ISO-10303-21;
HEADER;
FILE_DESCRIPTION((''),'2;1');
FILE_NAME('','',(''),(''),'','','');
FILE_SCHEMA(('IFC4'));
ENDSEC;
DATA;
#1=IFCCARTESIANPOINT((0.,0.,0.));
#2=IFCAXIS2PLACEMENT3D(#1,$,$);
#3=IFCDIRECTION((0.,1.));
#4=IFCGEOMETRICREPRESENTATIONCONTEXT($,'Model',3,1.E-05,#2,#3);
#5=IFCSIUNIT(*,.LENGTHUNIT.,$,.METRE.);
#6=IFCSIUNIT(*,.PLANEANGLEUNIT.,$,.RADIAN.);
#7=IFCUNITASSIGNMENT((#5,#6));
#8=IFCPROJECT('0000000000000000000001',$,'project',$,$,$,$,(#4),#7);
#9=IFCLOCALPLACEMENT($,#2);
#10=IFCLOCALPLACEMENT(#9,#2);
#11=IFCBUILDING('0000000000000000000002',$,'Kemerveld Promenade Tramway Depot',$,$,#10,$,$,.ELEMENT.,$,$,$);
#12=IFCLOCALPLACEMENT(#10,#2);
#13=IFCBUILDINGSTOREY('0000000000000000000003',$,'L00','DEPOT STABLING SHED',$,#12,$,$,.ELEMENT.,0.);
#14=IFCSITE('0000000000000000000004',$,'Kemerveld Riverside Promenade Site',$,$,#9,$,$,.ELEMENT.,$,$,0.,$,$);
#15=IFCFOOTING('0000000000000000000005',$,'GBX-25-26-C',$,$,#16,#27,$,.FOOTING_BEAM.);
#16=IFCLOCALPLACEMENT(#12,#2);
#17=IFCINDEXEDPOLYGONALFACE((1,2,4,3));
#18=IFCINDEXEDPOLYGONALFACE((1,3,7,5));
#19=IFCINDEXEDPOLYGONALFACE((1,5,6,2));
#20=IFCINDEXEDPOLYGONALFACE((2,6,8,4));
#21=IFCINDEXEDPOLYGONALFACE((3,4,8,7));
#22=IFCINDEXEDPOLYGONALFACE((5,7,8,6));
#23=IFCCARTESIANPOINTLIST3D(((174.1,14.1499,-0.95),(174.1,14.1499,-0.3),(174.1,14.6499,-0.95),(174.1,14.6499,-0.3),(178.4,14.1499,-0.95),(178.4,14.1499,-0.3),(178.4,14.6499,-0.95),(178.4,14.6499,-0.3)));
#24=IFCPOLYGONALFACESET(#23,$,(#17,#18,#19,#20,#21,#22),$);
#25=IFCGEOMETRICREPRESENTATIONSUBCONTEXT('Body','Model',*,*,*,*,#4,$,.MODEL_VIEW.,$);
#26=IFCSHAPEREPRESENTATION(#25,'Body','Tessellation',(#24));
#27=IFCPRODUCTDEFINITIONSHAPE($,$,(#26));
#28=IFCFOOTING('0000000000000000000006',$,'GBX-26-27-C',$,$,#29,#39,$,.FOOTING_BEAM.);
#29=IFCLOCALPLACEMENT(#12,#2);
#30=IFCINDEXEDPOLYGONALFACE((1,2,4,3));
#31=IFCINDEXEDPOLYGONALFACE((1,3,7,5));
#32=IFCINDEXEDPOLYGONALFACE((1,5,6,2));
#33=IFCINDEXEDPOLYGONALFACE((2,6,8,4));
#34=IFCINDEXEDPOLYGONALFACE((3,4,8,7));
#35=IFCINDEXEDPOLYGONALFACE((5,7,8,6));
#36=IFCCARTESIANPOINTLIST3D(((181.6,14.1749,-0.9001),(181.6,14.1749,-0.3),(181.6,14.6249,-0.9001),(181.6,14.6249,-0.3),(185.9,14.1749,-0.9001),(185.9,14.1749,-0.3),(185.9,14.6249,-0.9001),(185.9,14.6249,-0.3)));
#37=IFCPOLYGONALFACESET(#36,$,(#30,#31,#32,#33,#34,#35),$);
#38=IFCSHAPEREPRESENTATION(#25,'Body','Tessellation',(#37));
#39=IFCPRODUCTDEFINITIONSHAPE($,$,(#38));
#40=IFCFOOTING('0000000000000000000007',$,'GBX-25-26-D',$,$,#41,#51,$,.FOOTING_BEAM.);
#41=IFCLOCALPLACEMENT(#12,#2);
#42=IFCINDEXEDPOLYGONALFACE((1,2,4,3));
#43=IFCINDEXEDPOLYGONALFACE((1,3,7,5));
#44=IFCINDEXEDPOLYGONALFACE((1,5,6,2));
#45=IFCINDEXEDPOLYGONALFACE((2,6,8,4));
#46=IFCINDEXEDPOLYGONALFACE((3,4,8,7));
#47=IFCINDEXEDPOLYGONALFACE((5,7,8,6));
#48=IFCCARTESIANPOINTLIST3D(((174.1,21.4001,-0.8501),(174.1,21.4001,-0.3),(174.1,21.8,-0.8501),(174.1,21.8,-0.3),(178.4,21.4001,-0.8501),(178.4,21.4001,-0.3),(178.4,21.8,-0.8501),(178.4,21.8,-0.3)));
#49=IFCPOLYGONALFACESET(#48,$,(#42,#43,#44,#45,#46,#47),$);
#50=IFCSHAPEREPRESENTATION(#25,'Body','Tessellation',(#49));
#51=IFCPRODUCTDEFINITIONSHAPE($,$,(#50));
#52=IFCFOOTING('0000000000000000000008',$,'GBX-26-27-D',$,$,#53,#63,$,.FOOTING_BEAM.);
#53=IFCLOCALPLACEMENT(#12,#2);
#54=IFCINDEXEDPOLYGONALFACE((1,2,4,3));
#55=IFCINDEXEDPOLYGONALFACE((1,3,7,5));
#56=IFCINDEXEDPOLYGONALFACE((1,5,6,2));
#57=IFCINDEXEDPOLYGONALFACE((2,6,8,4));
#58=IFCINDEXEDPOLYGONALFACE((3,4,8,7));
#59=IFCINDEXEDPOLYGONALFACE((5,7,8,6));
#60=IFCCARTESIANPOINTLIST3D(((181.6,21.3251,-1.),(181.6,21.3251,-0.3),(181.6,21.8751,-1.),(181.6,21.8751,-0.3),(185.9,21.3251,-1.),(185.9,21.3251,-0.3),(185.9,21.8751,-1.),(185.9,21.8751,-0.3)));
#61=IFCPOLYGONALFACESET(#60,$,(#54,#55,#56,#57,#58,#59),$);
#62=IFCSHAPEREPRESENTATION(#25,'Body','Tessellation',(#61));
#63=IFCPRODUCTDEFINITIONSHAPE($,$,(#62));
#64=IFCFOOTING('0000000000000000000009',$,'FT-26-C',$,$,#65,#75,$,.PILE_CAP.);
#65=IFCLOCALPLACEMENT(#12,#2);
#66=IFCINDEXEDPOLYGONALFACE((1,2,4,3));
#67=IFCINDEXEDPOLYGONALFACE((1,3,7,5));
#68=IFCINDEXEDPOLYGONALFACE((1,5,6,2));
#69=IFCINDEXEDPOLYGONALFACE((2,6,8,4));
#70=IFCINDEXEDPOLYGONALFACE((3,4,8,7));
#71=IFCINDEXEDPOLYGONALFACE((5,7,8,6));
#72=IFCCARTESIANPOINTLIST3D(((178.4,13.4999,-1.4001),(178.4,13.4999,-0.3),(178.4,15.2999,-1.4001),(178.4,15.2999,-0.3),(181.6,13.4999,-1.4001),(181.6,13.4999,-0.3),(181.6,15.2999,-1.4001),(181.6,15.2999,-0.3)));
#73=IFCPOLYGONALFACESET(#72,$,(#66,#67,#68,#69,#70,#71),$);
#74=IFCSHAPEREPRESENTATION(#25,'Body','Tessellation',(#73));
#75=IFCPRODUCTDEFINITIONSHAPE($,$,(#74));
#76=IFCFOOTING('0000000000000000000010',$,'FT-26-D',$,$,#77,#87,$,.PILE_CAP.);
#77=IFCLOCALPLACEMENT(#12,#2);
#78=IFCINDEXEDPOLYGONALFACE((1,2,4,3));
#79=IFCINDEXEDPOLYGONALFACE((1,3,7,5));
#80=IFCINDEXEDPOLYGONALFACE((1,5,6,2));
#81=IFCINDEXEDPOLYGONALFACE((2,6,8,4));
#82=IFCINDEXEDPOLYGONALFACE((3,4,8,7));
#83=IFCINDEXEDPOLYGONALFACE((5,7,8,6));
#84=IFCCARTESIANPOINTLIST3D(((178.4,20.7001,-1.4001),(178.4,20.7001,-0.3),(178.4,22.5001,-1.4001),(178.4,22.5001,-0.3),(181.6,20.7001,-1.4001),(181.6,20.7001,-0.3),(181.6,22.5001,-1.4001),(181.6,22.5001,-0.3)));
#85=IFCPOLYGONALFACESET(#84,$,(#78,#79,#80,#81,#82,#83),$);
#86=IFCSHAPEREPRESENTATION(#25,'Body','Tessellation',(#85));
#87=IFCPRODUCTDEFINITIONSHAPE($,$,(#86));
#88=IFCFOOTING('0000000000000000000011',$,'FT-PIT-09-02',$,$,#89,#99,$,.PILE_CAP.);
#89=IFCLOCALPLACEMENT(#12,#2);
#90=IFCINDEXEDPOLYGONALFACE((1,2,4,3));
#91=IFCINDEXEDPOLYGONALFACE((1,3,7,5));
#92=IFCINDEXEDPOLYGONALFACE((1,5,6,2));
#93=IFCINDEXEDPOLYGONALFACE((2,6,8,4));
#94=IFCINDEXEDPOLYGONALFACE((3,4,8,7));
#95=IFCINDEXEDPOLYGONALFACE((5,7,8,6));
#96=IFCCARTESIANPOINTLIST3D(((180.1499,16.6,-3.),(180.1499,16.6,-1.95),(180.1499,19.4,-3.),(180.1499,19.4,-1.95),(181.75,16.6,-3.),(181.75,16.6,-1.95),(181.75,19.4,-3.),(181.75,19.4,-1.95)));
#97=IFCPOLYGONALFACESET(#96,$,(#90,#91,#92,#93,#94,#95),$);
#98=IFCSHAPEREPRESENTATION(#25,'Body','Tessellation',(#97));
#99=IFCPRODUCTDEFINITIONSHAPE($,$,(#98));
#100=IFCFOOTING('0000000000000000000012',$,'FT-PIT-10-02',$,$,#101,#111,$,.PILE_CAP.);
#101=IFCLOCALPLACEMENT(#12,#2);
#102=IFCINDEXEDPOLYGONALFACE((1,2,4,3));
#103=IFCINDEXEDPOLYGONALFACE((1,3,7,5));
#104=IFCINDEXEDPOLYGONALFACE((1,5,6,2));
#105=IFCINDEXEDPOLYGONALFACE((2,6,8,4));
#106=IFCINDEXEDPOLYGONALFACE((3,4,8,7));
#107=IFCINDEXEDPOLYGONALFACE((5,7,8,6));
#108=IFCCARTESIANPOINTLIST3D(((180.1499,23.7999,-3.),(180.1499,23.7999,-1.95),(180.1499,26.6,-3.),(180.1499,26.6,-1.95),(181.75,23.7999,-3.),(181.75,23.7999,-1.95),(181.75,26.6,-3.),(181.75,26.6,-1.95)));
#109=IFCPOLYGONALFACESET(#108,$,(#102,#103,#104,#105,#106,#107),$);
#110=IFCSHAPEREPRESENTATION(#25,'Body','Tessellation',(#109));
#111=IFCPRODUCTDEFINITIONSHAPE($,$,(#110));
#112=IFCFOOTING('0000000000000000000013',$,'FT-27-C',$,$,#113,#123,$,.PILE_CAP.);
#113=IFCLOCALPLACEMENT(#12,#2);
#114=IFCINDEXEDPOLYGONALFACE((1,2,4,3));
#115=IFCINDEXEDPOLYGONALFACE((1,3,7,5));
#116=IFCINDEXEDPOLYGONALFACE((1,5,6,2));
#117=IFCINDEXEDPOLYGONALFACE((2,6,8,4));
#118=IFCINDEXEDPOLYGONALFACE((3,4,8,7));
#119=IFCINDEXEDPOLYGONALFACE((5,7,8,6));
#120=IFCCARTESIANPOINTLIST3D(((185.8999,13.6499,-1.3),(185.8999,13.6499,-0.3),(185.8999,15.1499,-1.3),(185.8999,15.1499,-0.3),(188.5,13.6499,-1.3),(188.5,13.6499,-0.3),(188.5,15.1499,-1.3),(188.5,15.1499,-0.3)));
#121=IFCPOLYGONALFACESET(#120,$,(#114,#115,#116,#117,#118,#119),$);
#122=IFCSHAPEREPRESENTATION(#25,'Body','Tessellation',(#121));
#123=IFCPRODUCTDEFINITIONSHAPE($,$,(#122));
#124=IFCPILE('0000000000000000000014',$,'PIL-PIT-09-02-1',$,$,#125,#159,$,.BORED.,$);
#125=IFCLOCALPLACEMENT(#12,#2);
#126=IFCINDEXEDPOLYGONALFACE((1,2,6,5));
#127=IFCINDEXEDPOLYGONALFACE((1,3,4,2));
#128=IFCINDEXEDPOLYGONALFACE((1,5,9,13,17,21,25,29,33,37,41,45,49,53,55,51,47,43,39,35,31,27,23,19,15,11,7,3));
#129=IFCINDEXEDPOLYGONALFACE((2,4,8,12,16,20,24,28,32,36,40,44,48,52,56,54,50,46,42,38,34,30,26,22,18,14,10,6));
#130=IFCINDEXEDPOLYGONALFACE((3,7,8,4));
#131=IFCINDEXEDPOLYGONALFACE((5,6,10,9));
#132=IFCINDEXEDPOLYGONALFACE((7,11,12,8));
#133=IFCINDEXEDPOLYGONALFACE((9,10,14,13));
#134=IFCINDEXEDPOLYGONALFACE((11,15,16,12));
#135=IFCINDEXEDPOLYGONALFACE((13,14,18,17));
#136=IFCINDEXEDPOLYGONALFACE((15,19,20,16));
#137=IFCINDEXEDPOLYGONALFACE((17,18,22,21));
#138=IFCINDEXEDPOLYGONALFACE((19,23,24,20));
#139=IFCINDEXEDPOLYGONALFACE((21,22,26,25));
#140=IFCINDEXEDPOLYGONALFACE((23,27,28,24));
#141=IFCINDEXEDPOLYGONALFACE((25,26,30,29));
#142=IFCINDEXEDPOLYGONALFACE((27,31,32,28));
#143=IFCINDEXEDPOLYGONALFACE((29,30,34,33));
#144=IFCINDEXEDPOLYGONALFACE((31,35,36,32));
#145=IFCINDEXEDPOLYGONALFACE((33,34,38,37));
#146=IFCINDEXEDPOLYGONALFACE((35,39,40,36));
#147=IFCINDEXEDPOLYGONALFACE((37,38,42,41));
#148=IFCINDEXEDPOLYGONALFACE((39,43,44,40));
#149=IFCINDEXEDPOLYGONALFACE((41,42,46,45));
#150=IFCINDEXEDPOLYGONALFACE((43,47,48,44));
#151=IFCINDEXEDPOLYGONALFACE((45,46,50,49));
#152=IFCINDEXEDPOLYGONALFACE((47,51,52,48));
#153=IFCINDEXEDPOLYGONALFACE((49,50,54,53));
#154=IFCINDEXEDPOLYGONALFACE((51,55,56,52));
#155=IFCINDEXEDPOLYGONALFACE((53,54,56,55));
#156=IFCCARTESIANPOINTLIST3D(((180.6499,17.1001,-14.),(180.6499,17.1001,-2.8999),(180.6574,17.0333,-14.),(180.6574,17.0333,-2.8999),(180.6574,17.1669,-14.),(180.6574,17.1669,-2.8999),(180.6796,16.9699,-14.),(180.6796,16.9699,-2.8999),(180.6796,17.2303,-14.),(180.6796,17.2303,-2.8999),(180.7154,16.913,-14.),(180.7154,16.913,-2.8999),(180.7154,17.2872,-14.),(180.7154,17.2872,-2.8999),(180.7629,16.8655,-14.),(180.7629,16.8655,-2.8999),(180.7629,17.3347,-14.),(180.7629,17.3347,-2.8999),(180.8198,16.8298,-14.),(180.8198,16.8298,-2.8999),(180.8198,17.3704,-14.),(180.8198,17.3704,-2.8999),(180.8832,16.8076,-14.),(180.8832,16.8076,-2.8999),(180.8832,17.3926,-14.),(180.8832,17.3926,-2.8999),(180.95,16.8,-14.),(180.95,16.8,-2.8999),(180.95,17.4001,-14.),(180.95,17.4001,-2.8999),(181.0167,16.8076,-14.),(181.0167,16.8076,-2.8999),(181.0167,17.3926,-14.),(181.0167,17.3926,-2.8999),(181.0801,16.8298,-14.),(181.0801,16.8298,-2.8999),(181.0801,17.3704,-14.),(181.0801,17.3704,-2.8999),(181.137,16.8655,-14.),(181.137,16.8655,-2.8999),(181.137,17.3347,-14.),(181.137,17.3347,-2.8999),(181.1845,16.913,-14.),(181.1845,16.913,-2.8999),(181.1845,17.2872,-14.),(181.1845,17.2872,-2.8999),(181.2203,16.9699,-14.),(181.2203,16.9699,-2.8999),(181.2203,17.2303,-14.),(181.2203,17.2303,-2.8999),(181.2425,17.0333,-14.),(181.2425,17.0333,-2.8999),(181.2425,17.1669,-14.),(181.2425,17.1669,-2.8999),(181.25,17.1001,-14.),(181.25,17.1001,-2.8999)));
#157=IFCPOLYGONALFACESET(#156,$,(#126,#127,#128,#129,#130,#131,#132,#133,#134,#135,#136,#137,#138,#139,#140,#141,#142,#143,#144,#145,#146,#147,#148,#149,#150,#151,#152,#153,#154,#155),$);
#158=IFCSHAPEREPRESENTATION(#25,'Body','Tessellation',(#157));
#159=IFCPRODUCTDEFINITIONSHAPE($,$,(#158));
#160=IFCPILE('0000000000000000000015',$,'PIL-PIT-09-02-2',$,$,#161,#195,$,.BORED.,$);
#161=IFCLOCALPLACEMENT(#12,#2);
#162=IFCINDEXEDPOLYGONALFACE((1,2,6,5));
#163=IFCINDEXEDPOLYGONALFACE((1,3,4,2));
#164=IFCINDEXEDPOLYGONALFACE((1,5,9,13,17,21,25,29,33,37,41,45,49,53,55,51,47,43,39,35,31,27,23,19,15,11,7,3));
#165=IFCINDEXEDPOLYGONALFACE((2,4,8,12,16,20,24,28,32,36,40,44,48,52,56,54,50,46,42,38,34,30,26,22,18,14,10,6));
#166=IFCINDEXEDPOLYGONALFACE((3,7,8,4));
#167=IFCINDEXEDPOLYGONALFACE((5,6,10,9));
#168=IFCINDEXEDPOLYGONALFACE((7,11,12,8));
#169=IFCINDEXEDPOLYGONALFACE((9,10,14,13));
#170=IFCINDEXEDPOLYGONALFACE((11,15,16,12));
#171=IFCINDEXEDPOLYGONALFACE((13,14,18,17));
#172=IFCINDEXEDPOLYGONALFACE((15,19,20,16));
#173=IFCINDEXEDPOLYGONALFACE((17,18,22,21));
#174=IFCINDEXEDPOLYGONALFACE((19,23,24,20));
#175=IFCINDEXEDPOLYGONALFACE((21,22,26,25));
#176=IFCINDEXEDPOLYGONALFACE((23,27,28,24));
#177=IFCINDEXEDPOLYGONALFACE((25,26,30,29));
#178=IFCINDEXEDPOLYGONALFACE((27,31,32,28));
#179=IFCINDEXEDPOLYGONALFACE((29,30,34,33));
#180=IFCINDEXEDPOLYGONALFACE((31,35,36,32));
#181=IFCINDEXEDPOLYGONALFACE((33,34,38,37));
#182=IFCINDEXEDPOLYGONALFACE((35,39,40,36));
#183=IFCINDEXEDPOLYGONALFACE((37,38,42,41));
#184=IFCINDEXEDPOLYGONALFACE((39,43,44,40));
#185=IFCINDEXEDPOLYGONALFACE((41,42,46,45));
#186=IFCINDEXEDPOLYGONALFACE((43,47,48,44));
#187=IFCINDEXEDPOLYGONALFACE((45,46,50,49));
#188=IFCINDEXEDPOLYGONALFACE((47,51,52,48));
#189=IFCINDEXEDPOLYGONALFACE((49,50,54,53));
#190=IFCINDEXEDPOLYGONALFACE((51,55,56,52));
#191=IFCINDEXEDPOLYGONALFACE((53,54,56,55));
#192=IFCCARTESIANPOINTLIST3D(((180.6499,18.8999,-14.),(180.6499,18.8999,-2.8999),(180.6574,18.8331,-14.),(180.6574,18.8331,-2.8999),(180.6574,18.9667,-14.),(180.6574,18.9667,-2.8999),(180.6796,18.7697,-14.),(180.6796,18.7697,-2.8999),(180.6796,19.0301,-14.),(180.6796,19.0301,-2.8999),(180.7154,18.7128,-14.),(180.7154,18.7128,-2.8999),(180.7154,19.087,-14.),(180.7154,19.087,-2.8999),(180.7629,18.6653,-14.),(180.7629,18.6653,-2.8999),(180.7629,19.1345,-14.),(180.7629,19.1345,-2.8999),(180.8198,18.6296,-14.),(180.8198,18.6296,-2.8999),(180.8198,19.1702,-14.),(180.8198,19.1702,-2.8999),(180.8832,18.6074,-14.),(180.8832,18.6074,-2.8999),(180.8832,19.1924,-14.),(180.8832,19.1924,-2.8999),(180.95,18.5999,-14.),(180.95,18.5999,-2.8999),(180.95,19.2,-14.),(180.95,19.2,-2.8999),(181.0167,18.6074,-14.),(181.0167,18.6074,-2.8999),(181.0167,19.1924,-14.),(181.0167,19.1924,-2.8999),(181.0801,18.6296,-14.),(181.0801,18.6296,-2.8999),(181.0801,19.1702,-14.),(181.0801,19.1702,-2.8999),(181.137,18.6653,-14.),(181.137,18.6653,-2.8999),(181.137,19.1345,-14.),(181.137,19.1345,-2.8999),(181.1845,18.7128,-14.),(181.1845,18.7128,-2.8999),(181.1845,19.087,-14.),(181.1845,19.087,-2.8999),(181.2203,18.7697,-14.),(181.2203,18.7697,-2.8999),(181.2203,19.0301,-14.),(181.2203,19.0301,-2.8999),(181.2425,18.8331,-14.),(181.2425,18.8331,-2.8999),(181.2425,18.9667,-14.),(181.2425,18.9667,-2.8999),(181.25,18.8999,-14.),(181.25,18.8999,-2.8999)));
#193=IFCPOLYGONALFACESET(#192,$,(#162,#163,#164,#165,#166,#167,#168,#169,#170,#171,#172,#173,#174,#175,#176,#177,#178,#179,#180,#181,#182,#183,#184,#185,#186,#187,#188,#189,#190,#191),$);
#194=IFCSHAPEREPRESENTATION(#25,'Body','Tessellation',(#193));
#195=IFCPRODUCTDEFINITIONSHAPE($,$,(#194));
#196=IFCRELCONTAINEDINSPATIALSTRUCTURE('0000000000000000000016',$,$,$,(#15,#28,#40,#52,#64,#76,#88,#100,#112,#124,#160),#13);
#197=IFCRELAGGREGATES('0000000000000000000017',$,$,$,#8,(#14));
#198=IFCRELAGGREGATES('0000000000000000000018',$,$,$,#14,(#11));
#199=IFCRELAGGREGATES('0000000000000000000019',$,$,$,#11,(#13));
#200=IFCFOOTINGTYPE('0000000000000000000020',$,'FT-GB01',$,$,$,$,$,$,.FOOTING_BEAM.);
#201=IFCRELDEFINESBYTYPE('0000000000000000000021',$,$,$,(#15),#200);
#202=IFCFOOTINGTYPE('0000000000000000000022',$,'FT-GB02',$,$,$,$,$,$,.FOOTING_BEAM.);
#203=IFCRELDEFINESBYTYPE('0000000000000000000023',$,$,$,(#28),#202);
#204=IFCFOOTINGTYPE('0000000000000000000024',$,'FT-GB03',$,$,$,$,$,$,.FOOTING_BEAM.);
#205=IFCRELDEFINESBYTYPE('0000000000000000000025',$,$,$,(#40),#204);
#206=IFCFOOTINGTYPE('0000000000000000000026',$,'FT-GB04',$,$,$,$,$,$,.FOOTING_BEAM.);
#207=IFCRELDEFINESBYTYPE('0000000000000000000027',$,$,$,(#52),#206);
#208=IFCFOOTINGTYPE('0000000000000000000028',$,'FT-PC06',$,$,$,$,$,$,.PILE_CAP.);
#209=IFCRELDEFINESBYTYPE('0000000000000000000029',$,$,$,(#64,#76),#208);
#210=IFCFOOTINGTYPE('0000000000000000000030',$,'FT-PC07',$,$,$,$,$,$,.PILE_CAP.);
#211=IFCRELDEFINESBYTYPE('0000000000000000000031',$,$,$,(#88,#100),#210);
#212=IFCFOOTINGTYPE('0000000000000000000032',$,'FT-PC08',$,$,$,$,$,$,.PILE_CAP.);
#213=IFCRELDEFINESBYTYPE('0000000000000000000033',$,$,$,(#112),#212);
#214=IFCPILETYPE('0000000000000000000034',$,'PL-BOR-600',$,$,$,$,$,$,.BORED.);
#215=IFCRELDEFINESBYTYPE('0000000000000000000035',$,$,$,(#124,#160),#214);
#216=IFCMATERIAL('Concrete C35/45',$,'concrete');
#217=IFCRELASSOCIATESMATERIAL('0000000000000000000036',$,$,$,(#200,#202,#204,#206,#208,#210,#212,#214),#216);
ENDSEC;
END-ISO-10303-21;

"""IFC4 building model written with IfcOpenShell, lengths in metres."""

from ifc_helpers import new_model, si_unit, direction, frame, origin, origin_2d, place, context, subcontext, project, spatial, rectangle, circle, extrude, material, material_profile, profile_set, type_object, element, save


model = new_model("IFC4")

# Units and contexts
model_context = context("Model", 3, precision=1e-05, world=origin(), true_north=direction((0.0, 1.0)))
body_context = subcontext(model_context, "Body", "Model", "MODEL_VIEW")
ifc_project = project(units=[si_unit("LENGTHUNIT", "METRE"), si_unit("PLANEANGLEUNIT", "RADIAN")], contexts=[model_context])

# Site, building, storey
site_placement = place(None, origin())
site = spatial("IfcSite", under=ifc_project, at=site_placement, Name="Kemerveld Riverside Promenade Site", CompositionType="ELEMENT", RefElevation=0.0)
building_placement = place(site_placement, origin())
building = spatial("IfcBuilding", under=site, at=building_placement, Name="Kemerveld Promenade Tramway Depot", CompositionType="ELEMENT")
storey_placement = place(building_placement, origin())
storey = spatial("IfcBuildingStorey", under=building, at=storey_placement, Name="L00", Description="DEPOT STABLING SHED", CompositionType="ELEMENT", Elevation=0.0)

# Footings
ifc_material_1 = material(Name="Concrete C35/45", Category="concrete")
footing_type_1 = type_object("IfcFootingType", Name="FT-GB01", PredefinedType="FOOTING_BEAM", material=ifc_material_1)
footing_1_placement = place(storey_placement, frame((176.25, 14.3999, -0.95), z_axis=(0.0, 0.0, 1.0), x_axis=(1.0, 0.0, 0.0)))
element("IfcFooting", 1, at=footing_1_placement, inside=storey, type_object=footing_type_1, Name="GBX-25-26-C", PredefinedType="FOOTING_BEAM", context=body_context, shape_type="SweptSolid", body=[
    extrude(rectangle(XDim=4.3, YDim=0.5, at=origin_2d()), origin(), (0.0, 0.0, 1.0), 0.6499),
])
footing_type_2 = type_object("IfcFootingType", Name="FT-GB02", PredefinedType="FOOTING_BEAM", material=ifc_material_1)
footing_2_placement = place(storey_placement, frame((183.75, 14.3999, -0.9001), z_axis=(0.0, 0.0, 1.0), x_axis=(1.0, 0.0, 0.0)))
element("IfcFooting", 2, at=footing_2_placement, inside=storey, type_object=footing_type_2, Name="GBX-26-27-C", PredefinedType="FOOTING_BEAM", context=body_context, shape_type="SweptSolid", body=[
    extrude(rectangle(XDim=4.3, YDim=0.45, at=origin_2d()), origin(), (0.0, 0.0, 1.0), 0.6001),
])
footing_type_3 = type_object("IfcFootingType", Name="FT-GB03", PredefinedType="FOOTING_BEAM", material=ifc_material_1)
footing_3_placement = place(storey_placement, frame((176.25, 21.6001, -0.8501), z_axis=(0.0, 0.0, 1.0), x_axis=(1.0, 0.0, 0.0)))
element("IfcFooting", 3, at=footing_3_placement, inside=storey, type_object=footing_type_3, Name="GBX-25-26-D", PredefinedType="FOOTING_BEAM", context=body_context, shape_type="SweptSolid", body=[
    extrude(rectangle(XDim=4.3, YDim=0.3999, at=origin_2d()), origin(), (0.0, 0.0, 1.0), 0.55),
])
footing_type_4 = type_object("IfcFootingType", Name="FT-GB04", PredefinedType="FOOTING_BEAM", material=ifc_material_1)
footing_4_placement = place(storey_placement, frame((183.75, 21.6001, -1.0), z_axis=(0.0, 0.0, 1.0), x_axis=(1.0, 0.0, 0.0)))
element("IfcFooting", 4, at=footing_4_placement, inside=storey, type_object=footing_type_4, Name="GBX-26-27-D", PredefinedType="FOOTING_BEAM", context=body_context, shape_type="SweptSolid", body=[
    extrude(rectangle(XDim=4.3, YDim=0.55, at=origin_2d()), origin(), (0.0, 0.0, 1.0), 0.7),
])
footing_type_5 = type_object("IfcFootingType", Name="FT-PC06", PredefinedType="PILE_CAP", material=ifc_material_1)
for number, where, z_axis, x_axis, name in (
    (5, (180.0, 14.3999, -1.4001), (0.0, 0.0, 1.0), (1.0, 0.0, 0.0), "FT-26-C"),
    (6, (180.0, 21.6001, -1.4001), (0.0, 0.0, 1.0), (1.0, 0.0, 0.0), "FT-26-D"),
):
    element("IfcFooting", number, at=place(storey_placement, frame(where, z_axis=z_axis, x_axis=x_axis)), inside=storey, type_object=footing_type_5, Name=name, PredefinedType="PILE_CAP", context=body_context, shape_type="SweptSolid", body=[
        extrude(rectangle(XDim=3.2, YDim=1.8, at=origin_2d()), origin(), (0.0, 0.0, 1.0), 1.1001),
    ])
footing_type_6 = type_object("IfcFootingType", Name="FT-PC07", PredefinedType="PILE_CAP", material=ifc_material_1)
for number, where, z_axis, x_axis, name in (
    (7, (180.95, 18.0, -3.0), (0.0, 0.0, 1.0), (1.0, 0.0, 0.0), "FT-PIT-09-02"),
    (8, (180.95, 25.2, -3.0), (0.0, 0.0, 1.0), (1.0, 0.0, 0.0), "FT-PIT-10-02"),
):
    element("IfcFooting", number, at=place(storey_placement, frame(where, z_axis=z_axis, x_axis=x_axis)), inside=storey, type_object=footing_type_6, Name=name, PredefinedType="PILE_CAP", context=body_context, shape_type="SweptSolid", body=[
        extrude(rectangle(XDim=1.6001, YDim=2.8, at=origin_2d()), origin(), (0.0, 0.0, 1.0), 1.05),
    ])
footing_type_7 = type_object("IfcFootingType", Name="FT-PC08", PredefinedType="PILE_CAP", material=ifc_material_1)
footing_5_placement = place(storey_placement, frame((187.2, 14.3999, -1.3), z_axis=(0.0, 0.0, 1.0), x_axis=(1.0, 0.0, 0.0)))
element("IfcFooting", 9, at=footing_5_placement, inside=storey, type_object=footing_type_7, Name="FT-27-C", PredefinedType="PILE_CAP", context=body_context, shape_type="SweptSolid", body=[
    extrude(rectangle(XDim=2.6001, YDim=1.5, at=origin_2d()), origin(), (0.0, 0.0, 1.0), 1.0),
])

# Piles
ifc_material_profile_1 = material_profile(ifc_material_1, circle(Radius=0.3, at=origin_2d()), Name="PILE-D600")
ifc_profile_set_1 = profile_set([ifc_material_profile_1], Name="Concrete C35/45")
pile_type_1 = type_object("IfcPileType", Name="PL-BOR-600", PredefinedType="BORED", material=ifc_profile_set_1)
for number, where, z_axis, x_axis, name in (
    (10, (180.95, 17.1001, -2.8999), (0.0, 0.0, -1.0), (1.0, 0.0, 0.0), "PIL-PIT-09-02-1"),
    (11, (180.95, 18.8999, -2.8999), (0.0, 0.0, -1.0), (1.0, 0.0, 0.0), "PIL-PIT-09-02-2"),
):
    element("IfcPile", number, at=place(storey_placement, frame(where, z_axis=z_axis, x_axis=x_axis)), inside=storey, type_object=pile_type_1, Name=name, PredefinedType="BORED", context=body_context, shape_type="SweptSolid", body=[
        extrude(circle(Radius=0.3, at=origin_2d()), origin(), (0.0, 0.0, 1.0), 11.1001),
    ])

save(model, "model.ifc")
